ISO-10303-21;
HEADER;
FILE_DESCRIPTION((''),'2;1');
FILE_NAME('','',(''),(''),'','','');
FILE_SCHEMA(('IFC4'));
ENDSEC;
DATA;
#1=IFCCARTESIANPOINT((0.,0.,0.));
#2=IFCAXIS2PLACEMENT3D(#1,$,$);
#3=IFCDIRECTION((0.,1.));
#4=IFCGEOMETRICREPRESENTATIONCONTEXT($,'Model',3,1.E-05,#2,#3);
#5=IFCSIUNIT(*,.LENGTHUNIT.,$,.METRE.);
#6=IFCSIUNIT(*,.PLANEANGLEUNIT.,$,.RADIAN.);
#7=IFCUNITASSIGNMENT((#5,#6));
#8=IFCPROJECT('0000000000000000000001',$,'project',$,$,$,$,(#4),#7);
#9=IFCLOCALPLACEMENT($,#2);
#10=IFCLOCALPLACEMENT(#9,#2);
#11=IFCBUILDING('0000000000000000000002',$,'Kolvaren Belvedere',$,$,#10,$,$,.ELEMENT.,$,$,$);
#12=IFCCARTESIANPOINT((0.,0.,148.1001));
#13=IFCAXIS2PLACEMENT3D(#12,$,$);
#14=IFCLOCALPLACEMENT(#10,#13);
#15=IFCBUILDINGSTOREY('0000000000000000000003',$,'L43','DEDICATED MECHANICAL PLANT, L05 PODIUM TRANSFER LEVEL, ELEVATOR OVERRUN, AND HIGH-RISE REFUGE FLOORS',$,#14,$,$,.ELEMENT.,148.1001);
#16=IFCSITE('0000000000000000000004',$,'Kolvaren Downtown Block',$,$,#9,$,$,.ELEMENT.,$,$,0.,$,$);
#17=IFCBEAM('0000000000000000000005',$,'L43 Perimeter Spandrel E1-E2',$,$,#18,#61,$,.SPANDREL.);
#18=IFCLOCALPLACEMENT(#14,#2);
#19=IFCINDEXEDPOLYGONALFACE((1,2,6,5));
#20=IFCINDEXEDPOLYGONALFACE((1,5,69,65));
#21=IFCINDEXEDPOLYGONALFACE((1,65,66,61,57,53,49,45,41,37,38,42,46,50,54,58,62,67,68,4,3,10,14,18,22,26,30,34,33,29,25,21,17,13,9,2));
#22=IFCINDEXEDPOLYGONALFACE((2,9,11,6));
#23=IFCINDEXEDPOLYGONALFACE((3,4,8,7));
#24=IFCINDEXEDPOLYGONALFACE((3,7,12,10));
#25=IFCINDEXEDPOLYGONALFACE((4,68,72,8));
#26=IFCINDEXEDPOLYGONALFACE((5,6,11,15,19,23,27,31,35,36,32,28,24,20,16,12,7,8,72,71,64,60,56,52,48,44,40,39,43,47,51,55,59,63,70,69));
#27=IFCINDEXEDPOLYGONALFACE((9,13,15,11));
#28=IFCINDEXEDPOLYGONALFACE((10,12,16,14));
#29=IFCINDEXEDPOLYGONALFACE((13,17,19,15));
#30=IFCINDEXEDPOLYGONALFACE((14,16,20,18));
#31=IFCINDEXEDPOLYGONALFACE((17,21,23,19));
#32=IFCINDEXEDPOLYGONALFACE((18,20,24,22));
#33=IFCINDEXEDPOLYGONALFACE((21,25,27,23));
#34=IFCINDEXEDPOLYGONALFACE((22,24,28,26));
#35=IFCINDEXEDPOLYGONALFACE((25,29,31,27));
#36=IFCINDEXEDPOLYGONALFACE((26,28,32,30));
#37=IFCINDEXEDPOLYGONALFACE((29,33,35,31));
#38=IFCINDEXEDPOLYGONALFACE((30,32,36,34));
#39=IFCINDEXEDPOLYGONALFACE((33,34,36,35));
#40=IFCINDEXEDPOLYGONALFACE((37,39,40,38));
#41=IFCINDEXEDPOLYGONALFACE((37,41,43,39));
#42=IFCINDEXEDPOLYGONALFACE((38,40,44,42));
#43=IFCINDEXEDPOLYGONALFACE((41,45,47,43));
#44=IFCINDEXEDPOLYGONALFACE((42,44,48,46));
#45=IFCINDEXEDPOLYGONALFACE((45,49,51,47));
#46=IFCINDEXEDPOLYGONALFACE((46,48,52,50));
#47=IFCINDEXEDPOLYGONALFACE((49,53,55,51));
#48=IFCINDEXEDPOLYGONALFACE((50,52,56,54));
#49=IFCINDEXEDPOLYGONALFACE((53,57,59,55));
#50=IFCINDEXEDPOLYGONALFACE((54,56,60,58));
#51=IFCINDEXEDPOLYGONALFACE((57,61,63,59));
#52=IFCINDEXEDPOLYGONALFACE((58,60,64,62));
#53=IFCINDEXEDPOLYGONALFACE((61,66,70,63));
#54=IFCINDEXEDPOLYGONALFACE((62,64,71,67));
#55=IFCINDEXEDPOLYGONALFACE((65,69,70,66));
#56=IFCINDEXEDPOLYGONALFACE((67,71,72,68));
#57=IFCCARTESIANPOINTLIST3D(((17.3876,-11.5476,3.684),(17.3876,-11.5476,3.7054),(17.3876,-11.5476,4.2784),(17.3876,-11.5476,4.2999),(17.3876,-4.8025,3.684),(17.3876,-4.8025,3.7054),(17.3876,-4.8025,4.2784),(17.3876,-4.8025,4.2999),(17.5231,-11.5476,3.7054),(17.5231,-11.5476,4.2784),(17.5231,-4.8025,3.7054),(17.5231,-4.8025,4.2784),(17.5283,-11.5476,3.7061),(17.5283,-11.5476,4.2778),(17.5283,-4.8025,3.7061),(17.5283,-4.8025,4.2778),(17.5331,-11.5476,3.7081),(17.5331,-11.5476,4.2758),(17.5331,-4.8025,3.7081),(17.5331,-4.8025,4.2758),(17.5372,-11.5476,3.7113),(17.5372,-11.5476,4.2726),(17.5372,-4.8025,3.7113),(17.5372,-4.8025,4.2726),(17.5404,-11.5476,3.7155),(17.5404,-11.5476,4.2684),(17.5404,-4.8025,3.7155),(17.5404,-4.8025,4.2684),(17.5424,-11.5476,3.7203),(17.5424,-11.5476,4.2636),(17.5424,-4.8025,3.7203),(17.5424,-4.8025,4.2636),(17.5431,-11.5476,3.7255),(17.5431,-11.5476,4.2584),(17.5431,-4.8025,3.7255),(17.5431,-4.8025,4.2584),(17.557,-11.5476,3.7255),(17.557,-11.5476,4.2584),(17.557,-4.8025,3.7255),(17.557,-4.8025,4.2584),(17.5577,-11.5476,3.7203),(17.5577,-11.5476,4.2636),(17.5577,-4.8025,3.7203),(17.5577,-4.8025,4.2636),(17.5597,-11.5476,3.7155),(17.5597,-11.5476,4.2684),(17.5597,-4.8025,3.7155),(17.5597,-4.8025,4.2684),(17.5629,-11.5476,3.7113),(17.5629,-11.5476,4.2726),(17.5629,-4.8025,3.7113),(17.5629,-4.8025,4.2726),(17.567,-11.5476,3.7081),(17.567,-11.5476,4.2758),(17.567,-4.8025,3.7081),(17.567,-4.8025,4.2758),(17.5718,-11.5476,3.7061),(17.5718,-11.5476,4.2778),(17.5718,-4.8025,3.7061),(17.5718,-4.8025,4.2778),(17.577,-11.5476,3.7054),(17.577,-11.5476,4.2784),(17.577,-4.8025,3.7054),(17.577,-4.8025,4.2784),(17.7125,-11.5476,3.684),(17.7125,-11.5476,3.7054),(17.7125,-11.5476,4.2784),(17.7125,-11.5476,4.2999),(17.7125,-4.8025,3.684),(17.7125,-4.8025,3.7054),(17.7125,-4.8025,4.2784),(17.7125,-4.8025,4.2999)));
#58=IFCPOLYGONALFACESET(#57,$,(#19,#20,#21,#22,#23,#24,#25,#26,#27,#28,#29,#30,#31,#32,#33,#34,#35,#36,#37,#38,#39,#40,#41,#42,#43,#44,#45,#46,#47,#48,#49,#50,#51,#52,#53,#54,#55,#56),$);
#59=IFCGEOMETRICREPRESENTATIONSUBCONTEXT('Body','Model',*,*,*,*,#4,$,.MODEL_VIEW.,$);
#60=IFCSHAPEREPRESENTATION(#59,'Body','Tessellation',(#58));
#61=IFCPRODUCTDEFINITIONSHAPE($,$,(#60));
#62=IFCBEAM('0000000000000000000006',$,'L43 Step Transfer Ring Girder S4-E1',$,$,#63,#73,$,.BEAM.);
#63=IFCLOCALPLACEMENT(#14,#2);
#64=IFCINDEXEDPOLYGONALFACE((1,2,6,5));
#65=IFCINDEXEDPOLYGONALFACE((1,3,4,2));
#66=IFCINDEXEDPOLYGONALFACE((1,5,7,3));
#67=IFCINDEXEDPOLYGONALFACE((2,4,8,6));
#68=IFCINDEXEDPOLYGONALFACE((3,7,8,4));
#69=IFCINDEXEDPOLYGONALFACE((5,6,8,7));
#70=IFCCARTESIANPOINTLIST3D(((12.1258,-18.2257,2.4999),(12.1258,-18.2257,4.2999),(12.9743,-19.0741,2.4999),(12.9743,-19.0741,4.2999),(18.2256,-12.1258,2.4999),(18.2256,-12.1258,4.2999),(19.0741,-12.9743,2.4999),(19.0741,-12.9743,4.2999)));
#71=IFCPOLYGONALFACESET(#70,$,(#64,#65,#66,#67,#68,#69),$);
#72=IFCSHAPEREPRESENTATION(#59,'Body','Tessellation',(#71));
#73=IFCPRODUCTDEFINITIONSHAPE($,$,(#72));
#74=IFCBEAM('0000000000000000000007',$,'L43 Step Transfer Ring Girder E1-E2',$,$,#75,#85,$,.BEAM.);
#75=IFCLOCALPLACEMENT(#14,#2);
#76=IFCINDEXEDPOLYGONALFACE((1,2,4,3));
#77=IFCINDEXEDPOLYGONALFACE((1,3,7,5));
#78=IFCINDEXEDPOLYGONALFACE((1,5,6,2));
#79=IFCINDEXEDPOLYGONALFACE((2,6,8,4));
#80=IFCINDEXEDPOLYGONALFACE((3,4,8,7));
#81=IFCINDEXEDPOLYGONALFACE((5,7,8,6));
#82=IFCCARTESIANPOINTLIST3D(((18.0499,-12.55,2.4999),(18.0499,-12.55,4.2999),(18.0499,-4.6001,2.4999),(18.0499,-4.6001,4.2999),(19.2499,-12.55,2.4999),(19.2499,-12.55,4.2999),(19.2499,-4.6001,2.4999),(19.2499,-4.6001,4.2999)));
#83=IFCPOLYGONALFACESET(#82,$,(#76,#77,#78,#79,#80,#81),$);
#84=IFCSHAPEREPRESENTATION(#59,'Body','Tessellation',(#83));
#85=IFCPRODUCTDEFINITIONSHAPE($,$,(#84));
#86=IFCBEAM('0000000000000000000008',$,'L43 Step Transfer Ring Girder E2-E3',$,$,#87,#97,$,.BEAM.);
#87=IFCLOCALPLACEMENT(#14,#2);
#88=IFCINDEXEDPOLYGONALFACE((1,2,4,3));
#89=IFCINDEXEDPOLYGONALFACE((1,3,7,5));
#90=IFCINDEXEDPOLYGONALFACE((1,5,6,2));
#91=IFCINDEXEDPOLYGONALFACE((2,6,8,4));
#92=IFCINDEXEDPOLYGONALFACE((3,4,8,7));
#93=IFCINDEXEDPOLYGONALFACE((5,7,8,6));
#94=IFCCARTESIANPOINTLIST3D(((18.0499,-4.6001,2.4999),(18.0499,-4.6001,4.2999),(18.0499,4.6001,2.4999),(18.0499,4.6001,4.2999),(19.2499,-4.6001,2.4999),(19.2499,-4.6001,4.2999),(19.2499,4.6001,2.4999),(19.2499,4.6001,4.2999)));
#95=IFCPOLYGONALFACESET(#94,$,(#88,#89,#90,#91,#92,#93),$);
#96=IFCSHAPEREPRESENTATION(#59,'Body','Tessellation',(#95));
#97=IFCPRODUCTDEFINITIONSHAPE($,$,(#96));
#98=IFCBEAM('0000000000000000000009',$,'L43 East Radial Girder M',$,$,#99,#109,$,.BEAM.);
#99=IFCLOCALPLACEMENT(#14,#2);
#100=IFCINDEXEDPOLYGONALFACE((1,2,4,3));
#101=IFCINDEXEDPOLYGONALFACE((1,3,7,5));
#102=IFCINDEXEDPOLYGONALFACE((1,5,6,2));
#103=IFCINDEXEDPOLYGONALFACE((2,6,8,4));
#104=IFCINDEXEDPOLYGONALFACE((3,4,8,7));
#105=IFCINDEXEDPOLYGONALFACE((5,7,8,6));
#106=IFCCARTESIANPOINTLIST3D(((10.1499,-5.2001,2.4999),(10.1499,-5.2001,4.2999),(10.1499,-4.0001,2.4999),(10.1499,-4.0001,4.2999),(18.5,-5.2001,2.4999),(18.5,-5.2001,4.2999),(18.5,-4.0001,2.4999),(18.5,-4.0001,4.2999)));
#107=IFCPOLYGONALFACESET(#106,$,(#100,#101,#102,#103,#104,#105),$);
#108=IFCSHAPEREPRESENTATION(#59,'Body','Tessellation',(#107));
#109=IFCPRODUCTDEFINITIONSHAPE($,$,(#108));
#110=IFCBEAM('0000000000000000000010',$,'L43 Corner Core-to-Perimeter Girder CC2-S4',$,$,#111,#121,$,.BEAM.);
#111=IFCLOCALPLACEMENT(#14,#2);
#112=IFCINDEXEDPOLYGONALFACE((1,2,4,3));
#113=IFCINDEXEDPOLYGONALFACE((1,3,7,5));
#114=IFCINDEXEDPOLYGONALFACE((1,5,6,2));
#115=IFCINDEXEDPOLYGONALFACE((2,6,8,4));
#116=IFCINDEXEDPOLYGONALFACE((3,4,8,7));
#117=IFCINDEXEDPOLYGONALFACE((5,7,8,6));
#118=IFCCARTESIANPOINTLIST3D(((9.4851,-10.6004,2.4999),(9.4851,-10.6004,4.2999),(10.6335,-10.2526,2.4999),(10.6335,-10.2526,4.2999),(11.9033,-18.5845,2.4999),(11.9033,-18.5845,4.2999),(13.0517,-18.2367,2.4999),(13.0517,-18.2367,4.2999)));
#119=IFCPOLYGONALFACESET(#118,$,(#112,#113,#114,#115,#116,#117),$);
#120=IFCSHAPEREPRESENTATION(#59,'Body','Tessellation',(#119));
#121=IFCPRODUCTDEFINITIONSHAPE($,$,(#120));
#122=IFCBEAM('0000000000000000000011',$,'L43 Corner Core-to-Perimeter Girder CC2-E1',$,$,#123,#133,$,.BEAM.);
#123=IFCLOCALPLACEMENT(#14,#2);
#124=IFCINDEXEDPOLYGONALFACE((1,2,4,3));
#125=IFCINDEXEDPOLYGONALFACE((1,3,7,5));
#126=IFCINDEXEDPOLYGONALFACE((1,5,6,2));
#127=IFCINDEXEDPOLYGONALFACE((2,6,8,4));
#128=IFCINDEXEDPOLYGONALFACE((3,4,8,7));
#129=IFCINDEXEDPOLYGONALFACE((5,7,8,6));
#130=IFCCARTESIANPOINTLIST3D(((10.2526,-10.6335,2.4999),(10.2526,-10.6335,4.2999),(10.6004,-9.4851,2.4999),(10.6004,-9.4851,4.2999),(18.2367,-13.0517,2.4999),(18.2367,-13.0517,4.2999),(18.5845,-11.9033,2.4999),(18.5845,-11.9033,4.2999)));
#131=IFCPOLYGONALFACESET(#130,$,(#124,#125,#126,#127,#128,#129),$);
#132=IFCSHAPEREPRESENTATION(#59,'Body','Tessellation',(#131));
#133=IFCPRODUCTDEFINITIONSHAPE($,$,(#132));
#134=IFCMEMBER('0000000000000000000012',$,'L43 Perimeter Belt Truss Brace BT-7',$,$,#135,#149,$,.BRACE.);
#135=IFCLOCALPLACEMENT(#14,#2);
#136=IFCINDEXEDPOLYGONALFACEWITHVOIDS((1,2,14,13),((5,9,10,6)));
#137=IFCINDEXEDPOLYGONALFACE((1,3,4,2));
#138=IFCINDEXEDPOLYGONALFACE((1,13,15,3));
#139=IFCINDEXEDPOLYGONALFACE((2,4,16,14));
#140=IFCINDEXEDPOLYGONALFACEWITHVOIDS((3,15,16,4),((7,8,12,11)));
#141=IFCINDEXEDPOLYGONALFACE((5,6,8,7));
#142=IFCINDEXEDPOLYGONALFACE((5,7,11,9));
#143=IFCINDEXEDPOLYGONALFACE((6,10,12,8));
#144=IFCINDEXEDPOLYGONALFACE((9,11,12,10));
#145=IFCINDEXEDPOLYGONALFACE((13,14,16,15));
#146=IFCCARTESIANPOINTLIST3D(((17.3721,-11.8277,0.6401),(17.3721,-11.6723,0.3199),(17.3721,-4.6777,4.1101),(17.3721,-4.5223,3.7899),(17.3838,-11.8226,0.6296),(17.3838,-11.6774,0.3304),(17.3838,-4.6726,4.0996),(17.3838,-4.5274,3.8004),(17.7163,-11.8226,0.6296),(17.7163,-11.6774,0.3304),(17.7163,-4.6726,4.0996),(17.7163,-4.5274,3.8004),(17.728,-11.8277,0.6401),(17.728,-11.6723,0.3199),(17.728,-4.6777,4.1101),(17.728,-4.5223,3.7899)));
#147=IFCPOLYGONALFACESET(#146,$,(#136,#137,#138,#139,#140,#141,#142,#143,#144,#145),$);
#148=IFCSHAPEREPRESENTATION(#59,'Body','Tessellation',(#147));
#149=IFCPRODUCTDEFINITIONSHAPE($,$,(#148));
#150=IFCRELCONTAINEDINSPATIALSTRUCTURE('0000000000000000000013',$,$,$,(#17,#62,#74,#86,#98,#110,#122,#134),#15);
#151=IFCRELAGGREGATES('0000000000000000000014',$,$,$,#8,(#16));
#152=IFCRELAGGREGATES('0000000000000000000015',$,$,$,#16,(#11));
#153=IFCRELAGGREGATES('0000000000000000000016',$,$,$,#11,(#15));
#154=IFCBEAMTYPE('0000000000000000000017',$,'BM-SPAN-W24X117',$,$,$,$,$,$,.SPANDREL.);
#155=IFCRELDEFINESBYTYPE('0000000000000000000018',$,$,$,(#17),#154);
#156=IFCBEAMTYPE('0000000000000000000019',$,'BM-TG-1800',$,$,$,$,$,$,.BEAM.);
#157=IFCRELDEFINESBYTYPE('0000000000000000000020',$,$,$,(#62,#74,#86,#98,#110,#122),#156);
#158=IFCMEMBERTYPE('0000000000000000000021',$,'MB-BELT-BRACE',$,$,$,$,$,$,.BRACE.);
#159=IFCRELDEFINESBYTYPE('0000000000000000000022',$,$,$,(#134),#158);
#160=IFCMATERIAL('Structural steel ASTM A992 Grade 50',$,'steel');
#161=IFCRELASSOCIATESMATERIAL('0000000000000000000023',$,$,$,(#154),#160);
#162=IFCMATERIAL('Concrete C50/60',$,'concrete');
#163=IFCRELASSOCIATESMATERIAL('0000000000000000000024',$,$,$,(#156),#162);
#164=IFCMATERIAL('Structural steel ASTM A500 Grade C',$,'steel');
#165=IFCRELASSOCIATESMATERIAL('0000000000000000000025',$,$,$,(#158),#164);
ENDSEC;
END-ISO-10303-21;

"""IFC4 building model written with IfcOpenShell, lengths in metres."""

from ifc_helpers import new_model, si_unit, direction, frame, origin, origin_2d, place, context, subcontext, project, spatial, rectangle, hollow_rectangle, i_section, extrude, material, material_profile, profile_set, type_object, element, save


model = new_model("IFC4")

# Units and contexts
model_context = context("Model", 3, precision=1e-05, world=origin(), true_north=direction((0.0, 1.0)))
body_context = subcontext(model_context, "Body", "Model", "MODEL_VIEW")
ifc_project = project(units=[si_unit("LENGTHUNIT", "METRE"), si_unit("PLANEANGLEUNIT", "RADIAN")], contexts=[model_context])

# Site, building, storey
site_placement = place(None, origin())
site = spatial("IfcSite", under=ifc_project, at=site_placement, Name="Kolvaren Downtown Block", CompositionType="ELEMENT", RefElevation=0.0)
building_placement = place(site_placement, origin())
building = spatial("IfcBuilding", under=site, at=building_placement, Name="Kolvaren Belvedere", CompositionType="ELEMENT")
storey_placement = place(building_placement, frame((0.0, 0.0, 148.1001)))
storey = spatial("IfcBuildingStorey", under=building, at=storey_placement, Name="L43", Description="DEDICATED MECHANICAL PLANT, L05 PODIUM TRANSFER LEVEL, ELEVATOR OVERRUN, AND HIGH-RISE REFUGE FLOORS", CompositionType="ELEMENT", Elevation=148.1001)

# Beams
ifc_material_1 = material(Name="Structural steel ASTM A992 Grade 50", Category="steel")
ifc_material_profile_1 = material_profile(ifc_material_1, i_section(OverallWidth=0.325, OverallDepth=0.616, WebThickness=0.0139, FlangeThickness=0.0215, FilletRadius=0.02, at=origin_2d()), Name="W24X117")
ifc_profile_set_1 = profile_set([ifc_material_profile_1], Name="Structural steel ASTM A992 Grade 50")
beam_type_1 = type_object("IfcBeamType", Name="BM-SPAN-W24X117", PredefinedType="SPANDREL", material=ifc_profile_set_1)
beam_1_placement = place(storey_placement, frame((17.55, -11.5476, 3.9919), z_axis=(0.0, 1.0, 0.0), x_axis=(-1.0, 0.0, 0.0)))
element("IfcBeam", 1, at=beam_1_placement, inside=storey, type_object=beam_type_1, Name="L43 Perimeter Spandrel E1-E2", PredefinedType="SPANDREL", context=body_context, shape_type="SweptSolid", body=[
    extrude(i_section(OverallWidth=0.325, OverallDepth=0.616, WebThickness=0.0139, FlangeThickness=0.0215, FilletRadius=0.02, at=origin_2d()), origin(), (0.0, 0.0, 1.0), 6.7451),
])
ifc_material_2 = material(Name="Concrete C50/60", Category="concrete")
ifc_material_profile_2 = material_profile(ifc_material_2, rectangle(XDim=1.2, YDim=1.8, at=origin_2d()), Name="RC 1200X1800")
ifc_profile_set_2 = profile_set([ifc_material_profile_2], Name="Concrete C50/60")
beam_type_2 = type_object("IfcBeamType", Name="BM-TG-1800", PredefinedType="BEAM", material=ifc_profile_set_2)
beam_2_placement = place(storey_placement, frame((12.55, -18.6499, 3.3999), z_axis=(0.707107, 0.707107, 0.0), x_axis=(-0.707107, 0.707107, 0.0)))
element("IfcBeam", 2, at=beam_2_placement, inside=storey, type_object=beam_type_2, Name="L43 Step Transfer Ring Girder S4-E1", PredefinedType="BEAM", context=body_context, shape_type="SweptSolid", body=[
    extrude(rectangle(XDim=1.2, YDim=1.8, at=origin_2d()), origin(), (0.0, 0.0, 1.0), 8.6265),
])
beam_3_placement = place(storey_placement, frame((18.6499, -12.55, 3.3999), z_axis=(0.0, 1.0, 0.0), x_axis=(-1.0, 0.0, 0.0)))
element("IfcBeam", 3, at=beam_3_placement, inside=storey, type_object=beam_type_2, Name="L43 Step Transfer Ring Girder E1-E2", PredefinedType="BEAM", context=body_context, shape_type="SweptSolid", body=[
    extrude(rectangle(XDim=1.2, YDim=1.8, at=origin_2d()), origin(), (0.0, 0.0, 1.0), 7.95),
])
beam_4_placement = place(storey_placement, frame((18.6499, -4.6001, 3.3999), z_axis=(0.0, 1.0, 0.0), x_axis=(-1.0, 0.0, 0.0)))
element("IfcBeam", 4, at=beam_4_placement, inside=storey, type_object=beam_type_2, Name="L43 Step Transfer Ring Girder E2-E3", PredefinedType="BEAM", context=body_context, shape_type="SweptSolid", body=[
    extrude(rectangle(XDim=1.2, YDim=1.8, at=origin_2d()), origin(), (0.0, 0.0, 1.0), 9.2002),
])
beam_5_placement = place(storey_placement, frame((10.1499, -4.6001, 3.3999), z_axis=(1.0, 0.0, 0.0), x_axis=(0.0, 1.0, 0.0)))
element("IfcBeam", 5, at=beam_5_placement, inside=storey, type_object=beam_type_2, Name="L43 East Radial Girder M", PredefinedType="BEAM", context=body_context, shape_type="SweptSolid", body=[
    extrude(rectangle(XDim=1.2, YDim=1.8, at=origin_2d()), origin(), (0.0, 0.0, 1.0), 8.3501),
])
for number, where, z_axis, x_axis, name in (
    (6, (10.0593, -10.4265, 3.3999), (0.289873, -0.957065, 0.0), (0.957065, 0.289873, 0.0), "L43 Corner Core-to-Perimeter Girder CC2-S4"),
    (7, (10.4265, -10.0593, 3.3999), (0.957065, -0.289873, 0.0), (0.289873, 0.957065, 0.0), "L43 Corner Core-to-Perimeter Girder CC2-E1"),
):
    element("IfcBeam", number, at=place(storey_placement, frame(where, z_axis=z_axis, x_axis=x_axis)), inside=storey, type_object=beam_type_2, Name=name, PredefinedType="BEAM", context=body_context, shape_type="SweptSolid", body=[
        extrude(rectangle(XDim=1.2, YDim=1.8, at=origin_2d()), origin(), (0.0, 0.0, 1.0), 8.3423),
    ])

# Member
ifc_material_3 = material(Name="Structural steel ASTM A500 Grade C", Category="steel")
ifc_material_profile_3 = material_profile(ifc_material_3, hollow_rectangle(XDim=0.356, YDim=0.356, WallThickness=0.0117, at=origin_2d()), Name="HSS14X14X1/2")
ifc_profile_set_3 = profile_set([ifc_material_profile_3], Name="Structural steel ASTM A500 Grade C")
member_type_1 = type_object("IfcMemberType", Name="MB-BELT-BRACE", PredefinedType="BRACE", material=ifc_profile_set_3)
member_1_placement = place(storey_placement, frame((17.55, -11.75, 0.48), z_axis=(0.0, 0.899649, 0.436615), x_axis=(-1.0, 0.0, 0.0)))
element("IfcMember", 8, at=member_1_placement, inside=storey, type_object=member_type_1, Name="L43 Perimeter Belt Truss Brace BT-7", PredefinedType="BRACE", context=body_context, shape_type="SweptSolid", body=[
    extrude(hollow_rectangle(XDim=0.356, YDim=0.356, WallThickness=0.0117, at=origin_2d()), origin(), (0.0, 0.0, 1.0), 7.9475),
])

save(model, "model.ifc")
